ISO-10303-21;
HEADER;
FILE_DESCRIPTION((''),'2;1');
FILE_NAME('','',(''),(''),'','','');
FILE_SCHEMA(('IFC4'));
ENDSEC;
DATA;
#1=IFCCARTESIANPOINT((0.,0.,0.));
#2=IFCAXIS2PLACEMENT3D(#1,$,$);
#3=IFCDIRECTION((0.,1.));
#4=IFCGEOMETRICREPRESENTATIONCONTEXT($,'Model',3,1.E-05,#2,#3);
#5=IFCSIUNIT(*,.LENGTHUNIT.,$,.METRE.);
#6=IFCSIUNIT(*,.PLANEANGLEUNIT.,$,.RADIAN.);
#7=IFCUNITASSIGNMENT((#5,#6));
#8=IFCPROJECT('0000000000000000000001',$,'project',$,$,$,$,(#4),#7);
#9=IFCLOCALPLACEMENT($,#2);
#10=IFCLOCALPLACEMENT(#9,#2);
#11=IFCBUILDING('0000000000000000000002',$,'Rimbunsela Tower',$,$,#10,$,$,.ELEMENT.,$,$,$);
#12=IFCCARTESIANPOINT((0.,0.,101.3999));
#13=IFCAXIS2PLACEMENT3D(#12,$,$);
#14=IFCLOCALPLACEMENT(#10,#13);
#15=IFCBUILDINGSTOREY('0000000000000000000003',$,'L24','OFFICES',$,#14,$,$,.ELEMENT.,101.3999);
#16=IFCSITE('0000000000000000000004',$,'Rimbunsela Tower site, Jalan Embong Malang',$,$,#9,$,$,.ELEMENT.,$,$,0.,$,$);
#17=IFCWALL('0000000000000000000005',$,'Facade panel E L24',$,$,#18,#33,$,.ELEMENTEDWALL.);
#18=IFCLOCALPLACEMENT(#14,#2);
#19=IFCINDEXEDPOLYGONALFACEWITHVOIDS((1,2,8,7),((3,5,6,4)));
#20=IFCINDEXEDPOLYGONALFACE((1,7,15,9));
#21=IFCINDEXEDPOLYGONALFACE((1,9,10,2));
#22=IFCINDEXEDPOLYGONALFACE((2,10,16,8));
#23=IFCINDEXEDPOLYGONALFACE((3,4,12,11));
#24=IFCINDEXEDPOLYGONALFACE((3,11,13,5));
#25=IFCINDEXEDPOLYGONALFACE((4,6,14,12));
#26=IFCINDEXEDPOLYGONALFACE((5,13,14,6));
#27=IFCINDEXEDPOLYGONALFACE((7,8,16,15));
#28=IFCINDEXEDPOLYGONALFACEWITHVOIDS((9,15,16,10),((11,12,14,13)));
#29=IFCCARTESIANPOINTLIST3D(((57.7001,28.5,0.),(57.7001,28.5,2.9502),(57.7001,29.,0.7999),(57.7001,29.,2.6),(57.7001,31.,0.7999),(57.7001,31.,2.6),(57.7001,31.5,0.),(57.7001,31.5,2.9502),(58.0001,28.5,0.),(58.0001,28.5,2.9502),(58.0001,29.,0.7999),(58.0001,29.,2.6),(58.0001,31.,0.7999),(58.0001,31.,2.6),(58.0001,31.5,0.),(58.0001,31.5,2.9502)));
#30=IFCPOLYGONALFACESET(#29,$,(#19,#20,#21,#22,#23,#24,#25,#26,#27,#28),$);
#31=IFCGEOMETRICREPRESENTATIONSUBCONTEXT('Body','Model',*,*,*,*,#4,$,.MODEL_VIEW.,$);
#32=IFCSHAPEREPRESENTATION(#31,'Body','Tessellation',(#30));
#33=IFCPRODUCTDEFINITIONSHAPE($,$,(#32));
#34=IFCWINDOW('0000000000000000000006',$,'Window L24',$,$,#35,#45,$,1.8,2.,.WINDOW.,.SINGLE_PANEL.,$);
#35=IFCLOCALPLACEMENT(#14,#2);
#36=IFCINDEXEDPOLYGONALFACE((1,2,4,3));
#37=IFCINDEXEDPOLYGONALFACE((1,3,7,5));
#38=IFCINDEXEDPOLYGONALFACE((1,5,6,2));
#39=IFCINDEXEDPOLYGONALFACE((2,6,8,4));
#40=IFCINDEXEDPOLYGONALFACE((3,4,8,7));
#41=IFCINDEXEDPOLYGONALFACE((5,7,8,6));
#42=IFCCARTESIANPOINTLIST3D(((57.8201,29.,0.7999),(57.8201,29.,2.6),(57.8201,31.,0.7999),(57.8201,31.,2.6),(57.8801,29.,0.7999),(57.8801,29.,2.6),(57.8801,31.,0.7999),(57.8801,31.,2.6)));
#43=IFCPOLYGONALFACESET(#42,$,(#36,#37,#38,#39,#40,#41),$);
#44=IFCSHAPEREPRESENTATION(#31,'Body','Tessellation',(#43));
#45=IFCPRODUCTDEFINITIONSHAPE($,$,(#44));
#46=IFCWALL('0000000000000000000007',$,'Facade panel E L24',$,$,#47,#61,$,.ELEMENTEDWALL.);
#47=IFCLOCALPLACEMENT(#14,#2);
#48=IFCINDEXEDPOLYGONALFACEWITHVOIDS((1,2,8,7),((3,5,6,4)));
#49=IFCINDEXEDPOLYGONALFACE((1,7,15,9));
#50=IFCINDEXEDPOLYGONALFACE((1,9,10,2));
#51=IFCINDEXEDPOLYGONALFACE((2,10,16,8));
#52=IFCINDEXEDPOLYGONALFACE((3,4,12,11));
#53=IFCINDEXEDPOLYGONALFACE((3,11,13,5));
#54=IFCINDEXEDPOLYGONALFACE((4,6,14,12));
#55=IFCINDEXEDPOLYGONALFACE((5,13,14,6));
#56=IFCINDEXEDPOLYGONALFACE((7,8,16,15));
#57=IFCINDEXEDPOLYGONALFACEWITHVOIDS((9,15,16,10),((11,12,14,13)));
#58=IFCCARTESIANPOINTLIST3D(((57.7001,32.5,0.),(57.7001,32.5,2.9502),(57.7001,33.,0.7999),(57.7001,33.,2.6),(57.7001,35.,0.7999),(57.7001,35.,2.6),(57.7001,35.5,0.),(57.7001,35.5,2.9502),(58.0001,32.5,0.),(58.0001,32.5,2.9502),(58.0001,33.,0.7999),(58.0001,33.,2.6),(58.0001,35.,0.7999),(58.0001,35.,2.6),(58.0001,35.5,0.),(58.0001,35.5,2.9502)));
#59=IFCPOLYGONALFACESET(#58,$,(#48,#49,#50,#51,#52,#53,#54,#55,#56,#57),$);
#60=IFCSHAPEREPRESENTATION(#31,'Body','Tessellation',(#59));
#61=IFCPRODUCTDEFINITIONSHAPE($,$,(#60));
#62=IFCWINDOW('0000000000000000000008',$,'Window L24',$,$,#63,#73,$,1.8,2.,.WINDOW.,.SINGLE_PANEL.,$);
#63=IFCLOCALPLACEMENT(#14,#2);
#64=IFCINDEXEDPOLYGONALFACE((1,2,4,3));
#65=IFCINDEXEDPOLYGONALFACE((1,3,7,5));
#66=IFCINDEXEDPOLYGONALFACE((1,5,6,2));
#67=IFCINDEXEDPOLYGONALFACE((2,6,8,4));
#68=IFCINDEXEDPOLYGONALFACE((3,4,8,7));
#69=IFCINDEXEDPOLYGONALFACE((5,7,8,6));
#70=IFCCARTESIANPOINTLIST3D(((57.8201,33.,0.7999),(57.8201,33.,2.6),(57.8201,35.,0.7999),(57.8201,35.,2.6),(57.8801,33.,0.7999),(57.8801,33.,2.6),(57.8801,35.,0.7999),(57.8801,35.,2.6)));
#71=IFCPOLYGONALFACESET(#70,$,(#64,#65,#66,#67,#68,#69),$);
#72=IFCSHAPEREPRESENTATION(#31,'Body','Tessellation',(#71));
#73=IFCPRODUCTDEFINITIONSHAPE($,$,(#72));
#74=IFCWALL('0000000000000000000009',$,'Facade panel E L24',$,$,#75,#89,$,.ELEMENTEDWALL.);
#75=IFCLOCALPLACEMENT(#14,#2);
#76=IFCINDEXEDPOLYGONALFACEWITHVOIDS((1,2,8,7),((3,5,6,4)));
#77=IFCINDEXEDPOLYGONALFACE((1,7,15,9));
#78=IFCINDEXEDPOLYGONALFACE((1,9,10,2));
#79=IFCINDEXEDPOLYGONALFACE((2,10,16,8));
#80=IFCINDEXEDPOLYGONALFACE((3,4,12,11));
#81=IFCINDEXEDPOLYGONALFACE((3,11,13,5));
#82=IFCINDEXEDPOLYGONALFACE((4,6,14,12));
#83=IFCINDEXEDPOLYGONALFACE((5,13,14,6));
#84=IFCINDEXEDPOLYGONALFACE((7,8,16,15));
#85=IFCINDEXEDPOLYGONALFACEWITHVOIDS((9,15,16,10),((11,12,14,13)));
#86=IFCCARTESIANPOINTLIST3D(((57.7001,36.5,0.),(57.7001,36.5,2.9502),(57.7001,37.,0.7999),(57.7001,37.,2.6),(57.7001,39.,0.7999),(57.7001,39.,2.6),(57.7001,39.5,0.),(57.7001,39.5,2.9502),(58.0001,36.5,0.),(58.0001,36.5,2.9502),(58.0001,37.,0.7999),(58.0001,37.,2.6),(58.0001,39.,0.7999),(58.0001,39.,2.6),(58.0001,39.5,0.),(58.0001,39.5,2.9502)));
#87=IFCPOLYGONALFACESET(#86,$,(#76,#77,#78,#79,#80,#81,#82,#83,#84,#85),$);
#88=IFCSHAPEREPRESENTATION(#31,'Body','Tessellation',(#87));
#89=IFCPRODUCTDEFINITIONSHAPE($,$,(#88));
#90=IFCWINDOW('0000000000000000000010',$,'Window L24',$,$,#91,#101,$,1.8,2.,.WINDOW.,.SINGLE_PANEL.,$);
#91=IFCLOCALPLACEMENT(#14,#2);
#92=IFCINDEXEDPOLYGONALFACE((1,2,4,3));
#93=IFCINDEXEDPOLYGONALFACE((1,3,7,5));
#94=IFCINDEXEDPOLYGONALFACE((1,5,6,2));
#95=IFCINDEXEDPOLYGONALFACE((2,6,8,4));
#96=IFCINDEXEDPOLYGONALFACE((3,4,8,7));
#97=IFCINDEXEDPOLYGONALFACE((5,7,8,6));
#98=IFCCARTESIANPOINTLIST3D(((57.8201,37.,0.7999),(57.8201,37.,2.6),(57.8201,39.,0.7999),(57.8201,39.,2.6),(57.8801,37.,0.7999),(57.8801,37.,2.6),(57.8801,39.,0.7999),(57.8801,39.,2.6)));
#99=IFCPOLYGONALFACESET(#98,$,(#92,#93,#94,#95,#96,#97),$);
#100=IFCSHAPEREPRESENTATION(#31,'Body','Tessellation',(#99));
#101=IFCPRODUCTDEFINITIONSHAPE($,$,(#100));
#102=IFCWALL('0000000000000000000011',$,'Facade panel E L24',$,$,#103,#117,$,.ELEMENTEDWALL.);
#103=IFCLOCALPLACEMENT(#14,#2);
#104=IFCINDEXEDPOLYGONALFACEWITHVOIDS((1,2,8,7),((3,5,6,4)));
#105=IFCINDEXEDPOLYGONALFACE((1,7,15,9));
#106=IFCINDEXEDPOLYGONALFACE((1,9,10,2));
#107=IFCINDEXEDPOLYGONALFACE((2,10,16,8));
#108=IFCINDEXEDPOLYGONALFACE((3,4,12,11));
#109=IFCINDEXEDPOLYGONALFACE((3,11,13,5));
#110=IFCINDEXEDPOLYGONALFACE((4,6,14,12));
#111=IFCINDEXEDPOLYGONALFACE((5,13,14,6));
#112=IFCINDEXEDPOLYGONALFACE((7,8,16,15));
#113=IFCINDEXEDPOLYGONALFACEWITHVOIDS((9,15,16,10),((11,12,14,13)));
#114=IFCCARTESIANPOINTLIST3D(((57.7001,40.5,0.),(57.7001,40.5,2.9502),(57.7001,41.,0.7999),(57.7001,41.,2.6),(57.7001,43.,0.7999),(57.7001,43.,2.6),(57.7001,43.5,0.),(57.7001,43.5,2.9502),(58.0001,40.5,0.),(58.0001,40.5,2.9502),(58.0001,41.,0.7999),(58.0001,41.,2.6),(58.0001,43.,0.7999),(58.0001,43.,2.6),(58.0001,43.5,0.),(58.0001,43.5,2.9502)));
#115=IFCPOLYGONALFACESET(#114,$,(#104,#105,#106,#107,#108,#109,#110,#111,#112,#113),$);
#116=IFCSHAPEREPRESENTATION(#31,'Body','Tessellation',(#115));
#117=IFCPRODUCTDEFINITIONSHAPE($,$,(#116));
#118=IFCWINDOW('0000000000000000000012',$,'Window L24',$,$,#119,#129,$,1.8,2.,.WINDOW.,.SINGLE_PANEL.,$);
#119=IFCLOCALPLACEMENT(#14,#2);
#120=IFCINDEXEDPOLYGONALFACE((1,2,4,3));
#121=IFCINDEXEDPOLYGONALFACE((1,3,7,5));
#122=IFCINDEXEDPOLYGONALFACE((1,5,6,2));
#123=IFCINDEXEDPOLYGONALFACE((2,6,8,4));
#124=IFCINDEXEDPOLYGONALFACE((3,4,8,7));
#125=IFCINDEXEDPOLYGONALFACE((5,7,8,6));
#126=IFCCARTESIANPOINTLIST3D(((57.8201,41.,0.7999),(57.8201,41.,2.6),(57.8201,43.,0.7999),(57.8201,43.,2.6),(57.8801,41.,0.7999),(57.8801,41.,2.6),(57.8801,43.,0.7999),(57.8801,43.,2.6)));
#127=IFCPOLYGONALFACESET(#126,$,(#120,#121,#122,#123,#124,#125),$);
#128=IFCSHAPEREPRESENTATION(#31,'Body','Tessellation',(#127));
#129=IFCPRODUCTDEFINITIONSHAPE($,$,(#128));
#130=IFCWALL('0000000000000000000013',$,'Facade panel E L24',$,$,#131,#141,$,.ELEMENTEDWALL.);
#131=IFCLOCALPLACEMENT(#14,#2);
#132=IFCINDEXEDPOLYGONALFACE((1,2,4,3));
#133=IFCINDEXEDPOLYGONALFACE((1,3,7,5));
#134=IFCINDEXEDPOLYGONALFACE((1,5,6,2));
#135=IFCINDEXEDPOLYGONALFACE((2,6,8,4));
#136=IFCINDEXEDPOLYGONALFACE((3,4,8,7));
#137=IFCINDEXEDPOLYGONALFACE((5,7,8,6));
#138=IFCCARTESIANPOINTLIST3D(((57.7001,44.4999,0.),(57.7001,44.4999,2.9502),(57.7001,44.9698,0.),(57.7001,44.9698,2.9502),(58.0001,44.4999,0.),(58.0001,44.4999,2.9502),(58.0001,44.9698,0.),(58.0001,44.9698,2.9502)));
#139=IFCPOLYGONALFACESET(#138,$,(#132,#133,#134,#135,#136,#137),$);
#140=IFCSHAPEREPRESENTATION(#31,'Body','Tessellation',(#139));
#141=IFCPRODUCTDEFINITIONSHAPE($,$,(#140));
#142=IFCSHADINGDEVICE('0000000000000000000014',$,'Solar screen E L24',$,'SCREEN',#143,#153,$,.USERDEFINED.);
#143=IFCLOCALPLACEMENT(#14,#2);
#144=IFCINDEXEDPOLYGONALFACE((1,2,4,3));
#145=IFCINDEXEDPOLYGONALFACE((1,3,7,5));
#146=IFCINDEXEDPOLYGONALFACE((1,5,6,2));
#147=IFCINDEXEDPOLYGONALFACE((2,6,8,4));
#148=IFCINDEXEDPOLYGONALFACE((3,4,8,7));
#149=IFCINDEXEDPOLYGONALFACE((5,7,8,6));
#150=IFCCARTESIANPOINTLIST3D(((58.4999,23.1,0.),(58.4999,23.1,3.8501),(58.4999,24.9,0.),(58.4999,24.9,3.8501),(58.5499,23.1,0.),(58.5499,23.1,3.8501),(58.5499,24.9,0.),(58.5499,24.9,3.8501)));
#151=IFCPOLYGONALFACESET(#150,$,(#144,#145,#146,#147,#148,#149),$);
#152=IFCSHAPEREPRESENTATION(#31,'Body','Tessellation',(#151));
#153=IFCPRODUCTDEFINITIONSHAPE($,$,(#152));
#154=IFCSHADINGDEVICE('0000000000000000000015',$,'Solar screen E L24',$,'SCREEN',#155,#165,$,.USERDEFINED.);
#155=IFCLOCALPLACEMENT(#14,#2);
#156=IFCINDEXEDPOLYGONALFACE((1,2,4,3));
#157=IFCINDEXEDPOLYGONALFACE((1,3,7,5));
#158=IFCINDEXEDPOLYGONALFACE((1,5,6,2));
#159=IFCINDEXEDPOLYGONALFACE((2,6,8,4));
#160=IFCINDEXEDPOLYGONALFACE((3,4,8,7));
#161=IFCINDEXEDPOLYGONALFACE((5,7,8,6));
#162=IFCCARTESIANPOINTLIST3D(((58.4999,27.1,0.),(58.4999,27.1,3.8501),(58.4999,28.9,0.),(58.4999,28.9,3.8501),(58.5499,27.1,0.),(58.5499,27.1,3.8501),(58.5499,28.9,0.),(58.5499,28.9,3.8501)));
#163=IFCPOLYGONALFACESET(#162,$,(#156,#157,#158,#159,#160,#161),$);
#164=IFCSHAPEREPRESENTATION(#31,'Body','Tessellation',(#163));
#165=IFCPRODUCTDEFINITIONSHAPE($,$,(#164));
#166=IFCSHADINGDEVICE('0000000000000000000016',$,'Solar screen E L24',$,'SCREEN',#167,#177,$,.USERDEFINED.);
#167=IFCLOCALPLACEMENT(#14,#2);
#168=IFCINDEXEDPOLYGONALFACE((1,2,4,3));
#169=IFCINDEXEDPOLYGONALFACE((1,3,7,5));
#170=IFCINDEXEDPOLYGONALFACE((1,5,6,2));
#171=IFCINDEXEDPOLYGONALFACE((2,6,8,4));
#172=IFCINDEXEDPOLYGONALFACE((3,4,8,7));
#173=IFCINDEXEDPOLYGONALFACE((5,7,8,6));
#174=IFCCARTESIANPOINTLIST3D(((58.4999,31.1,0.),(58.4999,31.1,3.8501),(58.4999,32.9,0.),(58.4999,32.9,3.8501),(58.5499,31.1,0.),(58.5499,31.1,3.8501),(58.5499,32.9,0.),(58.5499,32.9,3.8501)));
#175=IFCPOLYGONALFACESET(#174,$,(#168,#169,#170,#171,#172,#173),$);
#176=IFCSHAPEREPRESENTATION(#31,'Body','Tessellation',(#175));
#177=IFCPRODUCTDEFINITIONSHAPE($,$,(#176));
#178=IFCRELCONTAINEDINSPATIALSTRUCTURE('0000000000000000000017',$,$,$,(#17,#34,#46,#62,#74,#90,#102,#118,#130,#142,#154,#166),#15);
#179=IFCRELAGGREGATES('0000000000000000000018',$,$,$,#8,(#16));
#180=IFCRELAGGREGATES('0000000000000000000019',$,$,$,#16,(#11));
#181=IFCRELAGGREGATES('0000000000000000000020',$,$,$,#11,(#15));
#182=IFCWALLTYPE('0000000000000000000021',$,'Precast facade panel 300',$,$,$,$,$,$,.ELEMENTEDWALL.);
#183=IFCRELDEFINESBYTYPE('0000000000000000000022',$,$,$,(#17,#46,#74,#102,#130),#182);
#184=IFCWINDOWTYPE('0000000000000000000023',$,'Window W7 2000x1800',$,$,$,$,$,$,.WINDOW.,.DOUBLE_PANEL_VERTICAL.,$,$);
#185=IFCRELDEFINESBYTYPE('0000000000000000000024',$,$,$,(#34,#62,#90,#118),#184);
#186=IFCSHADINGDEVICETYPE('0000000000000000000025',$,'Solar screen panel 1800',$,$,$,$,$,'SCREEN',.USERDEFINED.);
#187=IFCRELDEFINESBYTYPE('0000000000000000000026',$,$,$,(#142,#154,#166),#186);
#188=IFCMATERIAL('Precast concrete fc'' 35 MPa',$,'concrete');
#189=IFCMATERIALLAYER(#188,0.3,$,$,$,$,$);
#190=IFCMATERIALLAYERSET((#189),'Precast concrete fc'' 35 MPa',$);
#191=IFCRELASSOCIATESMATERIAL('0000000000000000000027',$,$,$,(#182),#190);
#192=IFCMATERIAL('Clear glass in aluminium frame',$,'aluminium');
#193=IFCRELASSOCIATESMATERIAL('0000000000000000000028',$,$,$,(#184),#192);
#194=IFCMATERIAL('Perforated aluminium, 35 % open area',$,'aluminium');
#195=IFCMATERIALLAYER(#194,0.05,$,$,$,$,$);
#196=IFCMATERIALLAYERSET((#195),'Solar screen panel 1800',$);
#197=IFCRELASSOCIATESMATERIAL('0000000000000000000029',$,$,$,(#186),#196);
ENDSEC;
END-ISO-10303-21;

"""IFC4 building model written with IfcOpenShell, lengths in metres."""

from ifc_helpers import new_model, si_unit, direction, frame, frame_2d, origin, origin_2d, place, context, subcontext, project, spatial, rectangle, extrude, material, layer, layer_set, type_object, element, fill, save


model = new_model("IFC4")

# Units and contexts
model_context = context("Model", 3, precision=1e-05, world=origin(), true_north=direction((0.0, 1.0)))
body_context = subcontext(model_context, "Body", "Model", "MODEL_VIEW")
ifc_project = project(units=[si_unit("LENGTHUNIT", "METRE"), si_unit("PLANEANGLEUNIT", "RADIAN")], contexts=[model_context])

# Site, building, storey
site_placement = place(None, origin())
site = spatial("IfcSite", under=ifc_project, at=site_placement, Name="Rimbunsela Tower site, Jalan Embong Malang", CompositionType="ELEMENT", RefElevation=0.0)
building_placement = place(site_placement, origin())
building = spatial("IfcBuilding", under=site, at=building_placement, Name="Rimbunsela Tower", CompositionType="ELEMENT")
storey_placement = place(building_placement, frame((0.0, 0.0, 101.3999)))
storey = spatial("IfcBuildingStorey", under=building, at=storey_placement, Name="L24", Description="OFFICES", CompositionType="ELEMENT", Elevation=101.3999)

# Walls, openings, windows
ifc_material_1 = material(Name="Precast concrete fc' 35 MPa", Category="concrete")
ifc_layer_1 = layer(ifc_material_1, 0.3)
ifc_layer_set_1 = layer_set([ifc_layer_1], Name="Precast concrete fc' 35 MPa")
wall_type = type_object("IfcWallType", Name="Precast facade panel 300", PredefinedType="ELEMENTEDWALL", material=ifc_layer_set_1)
ifc_material_2 = material(Name="Clear glass in aluminium frame", Category="aluminium")
window_type = type_object("IfcWindowType", Name="Window W7 2000x1800", PartitioningType="DOUBLE_PANEL_VERTICAL", PredefinedType="WINDOW", material=ifc_material_2)
wall_1_placement = place(storey_placement, frame((57.8501, 28.5, 0.0), z_axis=(0.0, 0.0, 1.0), x_axis=(0.0, 1.0, 0.0)))
wall_1 = element("IfcWall", 1, at=wall_1_placement, inside=storey, type_object=wall_type, Name="Facade panel E L24", PredefinedType="ELEMENTEDWALL", context=body_context, shape_type="SweptSolid", body=[
    extrude(rectangle(XDim=3.0, YDim=0.3, at=frame_2d((1.5, 0.0))), origin(), (0.0, 0.0, 1.0), 2.9502),
])
opening_1_placement = place(wall_1_placement, frame((0.5, 0.0, 0.8)))
opening_1 = element("IfcOpeningElement", 2, at=opening_1_placement, cuts=wall_1, PredefinedType="OPENING", context=body_context, shape_type="SweptSolid", body=[
    extrude(rectangle(XDim=2.0, YDim=1.8, at=frame_2d((1.0, 0.8999))), frame((0.0, 0.1599, 0.0), z_axis=(0.0, -1.0, 0.0), x_axis=(1.0, 0.0, 0.0)), (0.0, 0.0, 1.0), 0.3201),
])
window_1_placement = place(opening_1_placement, origin())
window_1 = element("IfcWindow", 3, at=window_1_placement, inside=storey, type_object=window_type, Name="Window L24", OverallHeight=1.8, OverallWidth=2.0, PartitioningType="SINGLE_PANEL", PredefinedType="WINDOW", context=body_context, shape_type="SweptSolid", body=[
    extrude(rectangle(XDim=2.0, YDim=1.8, at=frame_2d((1.0, 0.8999))), frame((0.0, 0.03, 0.0), z_axis=(0.0, -1.0, 0.0), x_axis=(1.0, 0.0, 0.0)), (0.0, 0.0, 1.0), 0.0601),
])
fill(opening_1, window_1)
wall_2_placement = place(storey_placement, frame((57.8501, 32.5, 0.0), z_axis=(0.0, 0.0, 1.0), x_axis=(0.0, 1.0, 0.0)))
wall_2 = element("IfcWall", 4, at=wall_2_placement, inside=storey, type_object=wall_type, Name="Facade panel E L24", PredefinedType="ELEMENTEDWALL", context=body_context, shape_type="SweptSolid", body=[
    extrude(rectangle(XDim=3.0, YDim=0.3, at=frame_2d((1.5, 0.0))), origin(), (0.0, 0.0, 1.0), 2.9502),
])
opening_2_placement = place(wall_2_placement, frame((0.5, 0.0, 0.8)))
opening_2 = element("IfcOpeningElement", 5, at=opening_2_placement, cuts=wall_2, PredefinedType="OPENING", context=body_context, shape_type="SweptSolid", body=[
    extrude(rectangle(XDim=2.0, YDim=1.8, at=frame_2d((1.0, 0.8999))), frame((0.0, 0.1599, 0.0), z_axis=(0.0, -1.0, 0.0), x_axis=(1.0, 0.0, 0.0)), (0.0, 0.0, 1.0), 0.3201),
])
window_2_placement = place(opening_2_placement, origin())
window_2 = element("IfcWindow", 6, at=window_2_placement, inside=storey, type_object=window_type, Name="Window L24", OverallHeight=1.8, OverallWidth=2.0, PartitioningType="SINGLE_PANEL", PredefinedType="WINDOW", context=body_context, shape_type="SweptSolid", body=[
    extrude(rectangle(XDim=2.0, YDim=1.8, at=frame_2d((1.0, 0.8999))), frame((0.0, 0.03, 0.0), z_axis=(0.0, -1.0, 0.0), x_axis=(1.0, 0.0, 0.0)), (0.0, 0.0, 1.0), 0.0601),
])
fill(opening_2, window_2)
wall_3_placement = place(storey_placement, frame((57.8501, 36.5, 0.0), z_axis=(0.0, 0.0, 1.0), x_axis=(0.0, 1.0, 0.0)))
wall_3 = element("IfcWall", 7, at=wall_3_placement, inside=storey, type_object=wall_type, Name="Facade panel E L24", PredefinedType="ELEMENTEDWALL", context=body_context, shape_type="SweptSolid", body=[
    extrude(rectangle(XDim=3.0, YDim=0.3, at=frame_2d((1.5, 0.0))), origin(), (0.0, 0.0, 1.0), 2.9502),
])
opening_3_placement = place(wall_3_placement, frame((0.5, 0.0, 0.8)))
opening_3 = element("IfcOpeningElement", 8, at=opening_3_placement, cuts=wall_3, PredefinedType="OPENING", context=body_context, shape_type="SweptSolid", body=[
    extrude(rectangle(XDim=2.0, YDim=1.8, at=frame_2d((1.0, 0.8999))), frame((0.0, 0.1599, 0.0), z_axis=(0.0, -1.0, 0.0), x_axis=(1.0, 0.0, 0.0)), (0.0, 0.0, 1.0), 0.3201),
])
window_3_placement = place(opening_3_placement, origin())
window_3 = element("IfcWindow", 9, at=window_3_placement, inside=storey, type_object=window_type, Name="Window L24", OverallHeight=1.8, OverallWidth=2.0, PartitioningType="SINGLE_PANEL", PredefinedType="WINDOW", context=body_context, shape_type="SweptSolid", body=[
    extrude(rectangle(XDim=2.0, YDim=1.8, at=frame_2d((1.0, 0.8999))), frame((0.0, 0.03, 0.0), z_axis=(0.0, -1.0, 0.0), x_axis=(1.0, 0.0, 0.0)), (0.0, 0.0, 1.0), 0.0601),
])
fill(opening_3, window_3)
wall_4_placement = place(storey_placement, frame((57.8501, 40.5, 0.0), z_axis=(0.0, 0.0, 1.0), x_axis=(0.0, 1.0, 0.0)))
wall_4 = element("IfcWall", 10, at=wall_4_placement, inside=storey, type_object=wall_type, Name="Facade panel E L24", PredefinedType="ELEMENTEDWALL", context=body_context, shape_type="SweptSolid", body=[
    extrude(rectangle(XDim=3.0, YDim=0.3, at=frame_2d((1.5, 0.0))), origin(), (0.0, 0.0, 1.0), 2.9502),
])
opening_4_placement = place(wall_4_placement, frame((0.5, 0.0, 0.8)))
opening_4 = element("IfcOpeningElement", 11, at=opening_4_placement, cuts=wall_4, PredefinedType="OPENING", context=body_context, shape_type="SweptSolid", body=[
    extrude(rectangle(XDim=2.0, YDim=1.8, at=frame_2d((1.0, 0.8999))), frame((0.0, 0.1599, 0.0), z_axis=(0.0, -1.0, 0.0), x_axis=(1.0, 0.0, 0.0)), (0.0, 0.0, 1.0), 0.3201),
])
window_4_placement = place(opening_4_placement, origin())
window_4 = element("IfcWindow", 12, at=window_4_placement, inside=storey, type_object=window_type, Name="Window L24", OverallHeight=1.8, OverallWidth=2.0, PartitioningType="SINGLE_PANEL", PredefinedType="WINDOW", context=body_context, shape_type="SweptSolid", body=[
    extrude(rectangle(XDim=2.0, YDim=1.8, at=frame_2d((1.0, 0.8999))), frame((0.0, 0.03, 0.0), z_axis=(0.0, -1.0, 0.0), x_axis=(1.0, 0.0, 0.0)), (0.0, 0.0, 1.0), 0.0601),
])
fill(opening_4, window_4)

# Wall
wall_5_placement = place(storey_placement, frame((57.8501, 44.5, 0.0), z_axis=(0.0, 0.0, 1.0), x_axis=(0.0, 1.0, 0.0)))
element("IfcWall", 13, at=wall_5_placement, inside=storey, type_object=wall_type, Name="Facade panel E L24", PredefinedType="ELEMENTEDWALL", context=body_context, shape_type="SweptSolid", body=[
    extrude(rectangle(XDim=0.47, YDim=0.3, at=frame_2d((0.2349, 0.0))), origin(), (0.0, 0.0, 1.0), 2.9502),
])

# Shading devices
ifc_material_3 = material(Name="Perforated aluminium, 35 % open area", Category="aluminium")
ifc_layer_2 = layer(ifc_material_3, 0.05)
ifc_layer_set_2 = layer_set([ifc_layer_2], Name="Solar screen panel 1800")
shading_device_type = type_object("IfcShadingDeviceType", Name="Solar screen panel 1800", ElementType="SCREEN", PredefinedType="USERDEFINED", material=ifc_layer_set_2)
for number, where, z_axis, x_axis, name in (
    (14, (58.5249, 24.0, 0.0), (0.0, 0.0, 1.0), (0.0, 1.0, 0.0), "Solar screen E L24"),
    (15, (58.5249, 28.0, 0.0), (0.0, 0.0, 1.0), (0.0, 1.0, 0.0), "Solar screen E L24"),
    (16, (58.5249, 32.0, 0.0), (0.0, 0.0, 1.0), (0.0, 1.0, 0.0), "Solar screen E L24"),
):
    element("IfcShadingDevice", number, at=place(storey_placement, frame(where, z_axis=z_axis, x_axis=x_axis)), inside=storey, type_object=shading_device_type, Name=name, ObjectType="SCREEN", PredefinedType="USERDEFINED", context=body_context, shape_type="SweptSolid", body=[
        extrude(rectangle(XDim=1.8, YDim=0.05, at=origin_2d()), origin(), (0.0, 0.0, 1.0), 3.8501),
    ])

save(model, "model.ifc")
